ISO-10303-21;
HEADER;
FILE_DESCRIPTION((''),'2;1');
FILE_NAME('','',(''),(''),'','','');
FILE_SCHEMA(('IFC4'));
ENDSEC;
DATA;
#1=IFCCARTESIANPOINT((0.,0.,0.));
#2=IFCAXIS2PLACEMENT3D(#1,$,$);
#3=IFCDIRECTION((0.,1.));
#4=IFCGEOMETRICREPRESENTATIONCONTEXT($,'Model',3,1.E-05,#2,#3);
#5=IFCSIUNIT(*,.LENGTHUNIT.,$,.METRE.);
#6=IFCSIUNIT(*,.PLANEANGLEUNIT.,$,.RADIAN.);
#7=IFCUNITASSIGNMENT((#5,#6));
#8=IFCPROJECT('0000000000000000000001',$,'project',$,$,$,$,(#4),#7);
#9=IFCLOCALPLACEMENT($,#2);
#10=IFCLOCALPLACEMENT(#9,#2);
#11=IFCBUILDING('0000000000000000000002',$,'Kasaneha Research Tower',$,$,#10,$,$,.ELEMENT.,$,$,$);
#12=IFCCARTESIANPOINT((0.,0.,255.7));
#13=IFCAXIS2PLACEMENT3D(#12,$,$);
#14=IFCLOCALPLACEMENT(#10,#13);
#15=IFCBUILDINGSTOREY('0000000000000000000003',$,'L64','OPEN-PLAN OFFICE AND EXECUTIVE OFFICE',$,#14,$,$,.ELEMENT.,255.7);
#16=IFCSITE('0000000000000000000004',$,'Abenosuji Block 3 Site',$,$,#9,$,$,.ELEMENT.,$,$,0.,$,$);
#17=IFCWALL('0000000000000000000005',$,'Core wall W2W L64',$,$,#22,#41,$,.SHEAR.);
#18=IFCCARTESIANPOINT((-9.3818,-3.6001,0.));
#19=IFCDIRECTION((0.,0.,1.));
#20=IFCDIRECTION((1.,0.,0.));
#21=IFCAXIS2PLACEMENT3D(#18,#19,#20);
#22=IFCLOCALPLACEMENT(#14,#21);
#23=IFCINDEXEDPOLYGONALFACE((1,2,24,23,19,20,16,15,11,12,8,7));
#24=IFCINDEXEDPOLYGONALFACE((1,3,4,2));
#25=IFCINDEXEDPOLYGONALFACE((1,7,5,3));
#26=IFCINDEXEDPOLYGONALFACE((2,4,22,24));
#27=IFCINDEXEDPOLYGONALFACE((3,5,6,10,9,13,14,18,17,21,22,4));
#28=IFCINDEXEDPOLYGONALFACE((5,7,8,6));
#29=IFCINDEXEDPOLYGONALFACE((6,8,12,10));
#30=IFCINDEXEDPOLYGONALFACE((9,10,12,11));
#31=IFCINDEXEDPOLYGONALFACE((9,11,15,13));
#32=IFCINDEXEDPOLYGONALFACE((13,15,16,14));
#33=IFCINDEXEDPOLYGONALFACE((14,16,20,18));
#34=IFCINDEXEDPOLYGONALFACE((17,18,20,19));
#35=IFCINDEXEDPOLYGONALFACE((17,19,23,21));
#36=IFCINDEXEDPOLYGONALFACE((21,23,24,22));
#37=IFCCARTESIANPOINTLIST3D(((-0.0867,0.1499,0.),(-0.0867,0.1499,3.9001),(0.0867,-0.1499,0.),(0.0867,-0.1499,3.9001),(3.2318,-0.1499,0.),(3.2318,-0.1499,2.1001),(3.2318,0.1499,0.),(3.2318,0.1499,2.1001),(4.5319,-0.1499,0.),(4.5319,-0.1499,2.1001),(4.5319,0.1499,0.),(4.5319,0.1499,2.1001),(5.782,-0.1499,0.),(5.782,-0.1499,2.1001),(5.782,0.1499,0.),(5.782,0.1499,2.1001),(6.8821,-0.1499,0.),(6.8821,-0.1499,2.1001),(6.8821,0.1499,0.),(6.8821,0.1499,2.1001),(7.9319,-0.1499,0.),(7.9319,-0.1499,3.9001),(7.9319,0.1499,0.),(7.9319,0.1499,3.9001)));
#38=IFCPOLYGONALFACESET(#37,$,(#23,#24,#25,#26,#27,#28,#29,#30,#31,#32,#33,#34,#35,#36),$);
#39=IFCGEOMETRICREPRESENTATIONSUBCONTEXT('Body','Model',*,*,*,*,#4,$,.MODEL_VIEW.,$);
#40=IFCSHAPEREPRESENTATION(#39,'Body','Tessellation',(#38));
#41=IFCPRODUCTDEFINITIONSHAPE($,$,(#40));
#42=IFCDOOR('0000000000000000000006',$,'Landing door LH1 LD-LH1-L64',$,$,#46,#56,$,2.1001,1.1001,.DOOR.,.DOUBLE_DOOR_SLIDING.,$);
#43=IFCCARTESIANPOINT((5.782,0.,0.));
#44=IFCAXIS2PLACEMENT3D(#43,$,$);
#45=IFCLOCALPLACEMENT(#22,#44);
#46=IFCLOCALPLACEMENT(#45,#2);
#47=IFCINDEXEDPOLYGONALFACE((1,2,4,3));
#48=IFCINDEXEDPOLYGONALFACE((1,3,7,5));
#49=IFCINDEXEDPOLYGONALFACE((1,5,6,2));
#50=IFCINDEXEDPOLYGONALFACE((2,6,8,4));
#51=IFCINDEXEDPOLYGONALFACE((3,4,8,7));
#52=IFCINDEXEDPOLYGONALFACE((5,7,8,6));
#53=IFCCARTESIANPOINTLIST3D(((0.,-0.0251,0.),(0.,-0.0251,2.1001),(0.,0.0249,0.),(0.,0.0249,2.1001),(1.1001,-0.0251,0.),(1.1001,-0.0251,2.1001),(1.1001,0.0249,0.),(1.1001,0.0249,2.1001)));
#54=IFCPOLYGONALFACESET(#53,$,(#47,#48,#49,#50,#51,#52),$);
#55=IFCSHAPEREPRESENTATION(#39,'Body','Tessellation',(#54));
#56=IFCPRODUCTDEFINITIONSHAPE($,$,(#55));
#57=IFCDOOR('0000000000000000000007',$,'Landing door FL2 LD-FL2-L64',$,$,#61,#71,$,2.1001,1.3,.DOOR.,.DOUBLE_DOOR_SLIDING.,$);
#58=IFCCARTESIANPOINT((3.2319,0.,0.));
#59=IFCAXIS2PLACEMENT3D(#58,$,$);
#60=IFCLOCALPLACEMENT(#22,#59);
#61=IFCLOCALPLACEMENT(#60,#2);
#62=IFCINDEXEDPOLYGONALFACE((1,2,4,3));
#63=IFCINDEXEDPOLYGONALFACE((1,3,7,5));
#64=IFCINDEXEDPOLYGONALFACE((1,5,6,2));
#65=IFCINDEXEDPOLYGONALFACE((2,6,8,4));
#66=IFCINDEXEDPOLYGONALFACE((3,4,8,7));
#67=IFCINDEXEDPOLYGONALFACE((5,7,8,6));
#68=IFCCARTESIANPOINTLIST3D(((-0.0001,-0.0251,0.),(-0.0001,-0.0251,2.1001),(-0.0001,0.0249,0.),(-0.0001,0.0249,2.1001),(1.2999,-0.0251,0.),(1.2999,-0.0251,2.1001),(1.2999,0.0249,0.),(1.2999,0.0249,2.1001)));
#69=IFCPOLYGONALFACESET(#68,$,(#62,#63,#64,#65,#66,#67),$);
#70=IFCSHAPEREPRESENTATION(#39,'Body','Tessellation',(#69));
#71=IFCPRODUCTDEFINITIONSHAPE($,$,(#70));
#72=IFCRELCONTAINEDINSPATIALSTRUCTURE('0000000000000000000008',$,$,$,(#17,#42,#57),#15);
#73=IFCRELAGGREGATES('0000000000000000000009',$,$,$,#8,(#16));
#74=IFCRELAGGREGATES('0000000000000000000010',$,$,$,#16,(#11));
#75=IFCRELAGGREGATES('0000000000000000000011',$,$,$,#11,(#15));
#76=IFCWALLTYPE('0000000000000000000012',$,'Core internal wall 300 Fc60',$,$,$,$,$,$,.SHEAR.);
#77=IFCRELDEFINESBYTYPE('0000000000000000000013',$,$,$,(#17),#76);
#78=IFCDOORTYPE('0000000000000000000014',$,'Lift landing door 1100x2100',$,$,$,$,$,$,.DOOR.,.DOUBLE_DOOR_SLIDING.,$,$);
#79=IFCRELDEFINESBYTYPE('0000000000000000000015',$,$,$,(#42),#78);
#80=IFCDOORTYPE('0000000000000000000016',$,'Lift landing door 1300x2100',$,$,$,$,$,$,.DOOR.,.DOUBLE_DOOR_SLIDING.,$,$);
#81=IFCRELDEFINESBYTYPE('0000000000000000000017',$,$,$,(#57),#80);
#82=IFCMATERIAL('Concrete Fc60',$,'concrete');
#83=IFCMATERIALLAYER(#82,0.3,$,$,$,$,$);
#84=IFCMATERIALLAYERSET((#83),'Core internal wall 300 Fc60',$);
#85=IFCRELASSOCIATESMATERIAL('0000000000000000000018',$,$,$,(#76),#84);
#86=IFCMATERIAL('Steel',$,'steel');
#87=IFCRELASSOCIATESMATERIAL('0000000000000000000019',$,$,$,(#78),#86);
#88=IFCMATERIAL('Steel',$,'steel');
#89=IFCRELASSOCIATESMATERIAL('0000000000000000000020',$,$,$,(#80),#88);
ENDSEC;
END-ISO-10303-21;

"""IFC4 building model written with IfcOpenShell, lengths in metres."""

from ifc_helpers import new_model, si_unit, direction, frame, frame_2d, origin, place, context, subcontext, project, spatial, polyline, rectangle, outline, extrude, material, layer, layer_set, type_object, element, fill, save


model = new_model("IFC4")

# Units and contexts
model_context = context("Model", 3, precision=1e-05, world=origin(), true_north=direction((0.0, 1.0)))
body_context = subcontext(model_context, "Body", "Model", "MODEL_VIEW")
ifc_project = project(units=[si_unit("LENGTHUNIT", "METRE"), si_unit("PLANEANGLEUNIT", "RADIAN")], contexts=[model_context])

# Site, building, storey
site_placement = place(None, origin())
site = spatial("IfcSite", under=ifc_project, at=site_placement, Name="Abenosuji Block 3 Site", CompositionType="ELEMENT", RefElevation=0.0)
building_placement = place(site_placement, origin())
building = spatial("IfcBuilding", under=site, at=building_placement, Name="Kasaneha Research Tower", CompositionType="ELEMENT")
storey_placement = place(building_placement, frame((0.0, 0.0, 255.7)))
storey = spatial("IfcBuildingStorey", under=building, at=storey_placement, Name="L64", Description="OPEN-PLAN OFFICE AND EXECUTIVE OFFICE", CompositionType="ELEMENT", Elevation=255.7)

# Wall, openings, doors
ifc_material_1 = material(Name="Concrete Fc60", Category="concrete")
ifc_layer_1 = layer(ifc_material_1, 0.3)
ifc_layer_set_1 = layer_set([ifc_layer_1], Name="Core internal wall 300 Fc60")
wall_type_1 = type_object("IfcWallType", Name="Core internal wall 300 Fc60", PredefinedType="SHEAR", material=ifc_layer_set_1)
wall_1_placement = place(storey_placement, frame((-9.3818, -3.6001, 0.0), z_axis=(0.0, 0.0, 1.0), x_axis=(1.0, 0.0, 0.0)))
wall_1 = element("IfcWall", 1, at=wall_1_placement, inside=storey, type_object=wall_type_1, Name="Core wall W2W L64", PredefinedType="SHEAR", context=body_context, shape_type="SweptSolid", body=[
    extrude(outline(polyline([(0.0867, -0.1499), (3.2319, -0.1499), (4.532, -0.1499), (5.782, -0.1499), (6.8821, -0.1499), (7.9319, -0.1499), (7.9319, 0.1499), (6.8821, 0.1499), (5.782, 0.1499), (4.532, 0.1499), (3.2319, 0.1499), (-0.0867, 0.1499), (0.0867, -0.1499)])), origin(), (0.0, 0.0, 1.0), 3.9001),
])
opening_1_placement = place(wall_1_placement, frame((5.782, 0.0, 0.0)))
opening_1 = element("IfcOpeningElement", 2, at=opening_1_placement, cuts=wall_1, PredefinedType="OPENING", context=body_context, shape_type="SweptSolid", body=[
    extrude(rectangle(XDim=1.1001, YDim=2.1001, at=frame_2d((0.55, 1.05))), frame((0.0, 0.1602, 0.0), z_axis=(0.0, -1.0, 0.0), x_axis=(1.0, 0.0, 0.0)), (0.0, 0.0, 1.0), 0.3201),
])
opening_2_placement = place(wall_1_placement, frame((3.2319, 0.0, 0.0)))
opening_2 = element("IfcOpeningElement", 3, at=opening_2_placement, cuts=wall_1, PredefinedType="OPENING", context=body_context, shape_type="SweptSolid", body=[
    extrude(rectangle(XDim=1.3, YDim=2.1001, at=frame_2d((0.6499, 1.05))), frame((0.0, 0.1602, 0.0), z_axis=(0.0, -1.0, 0.0), x_axis=(1.0, 0.0, 0.0)), (0.0, 0.0, 1.0), 0.3201),
])
ifc_material_2 = material(Name="Steel", Category="steel")
door_type_1 = type_object("IfcDoorType", Name="Lift landing door 1100x2100", OperationType="DOUBLE_DOOR_SLIDING", PredefinedType="DOOR", material=ifc_material_2)
door_1_placement = place(opening_1_placement, origin())
door_1 = element("IfcDoor", 4, at=door_1_placement, inside=storey, type_object=door_type_1, Name="Landing door LH1 LD-LH1-L64", OperationType="DOUBLE_DOOR_SLIDING", OverallHeight=2.1001, OverallWidth=1.1001, PredefinedType="DOOR", context=body_context, shape_type="SweptSolid", body=[
    extrude(rectangle(XDim=1.1001, YDim=2.1001, at=frame_2d((0.55, 1.05))), frame((0.0, 0.0249, 0.0), z_axis=(0.0, -1.0, 0.0), x_axis=(1.0, 0.0, 0.0)), (0.0, 0.0, 1.0), 0.05),
])
fill(opening_1, door_1)
ifc_material_3 = material(Name="Steel", Category="steel")
door_type_2 = type_object("IfcDoorType", Name="Lift landing door 1300x2100", OperationType="DOUBLE_DOOR_SLIDING", PredefinedType="DOOR", material=ifc_material_3)
door_2_placement = place(opening_2_placement, origin())
door_2 = element("IfcDoor", 5, at=door_2_placement, inside=storey, type_object=door_type_2, Name="Landing door FL2 LD-FL2-L64", OperationType="DOUBLE_DOOR_SLIDING", OverallHeight=2.1001, OverallWidth=1.3, PredefinedType="DOOR", context=body_context, shape_type="SweptSolid", body=[
    extrude(rectangle(XDim=1.3, YDim=2.1001, at=frame_2d((0.6499, 1.05))), frame((0.0, 0.0249, 0.0), z_axis=(0.0, -1.0, 0.0), x_axis=(1.0, 0.0, 0.0)), (0.0, 0.0, 1.0), 0.05),
])
fill(opening_2, door_2)

save(model, "model.ifc")
